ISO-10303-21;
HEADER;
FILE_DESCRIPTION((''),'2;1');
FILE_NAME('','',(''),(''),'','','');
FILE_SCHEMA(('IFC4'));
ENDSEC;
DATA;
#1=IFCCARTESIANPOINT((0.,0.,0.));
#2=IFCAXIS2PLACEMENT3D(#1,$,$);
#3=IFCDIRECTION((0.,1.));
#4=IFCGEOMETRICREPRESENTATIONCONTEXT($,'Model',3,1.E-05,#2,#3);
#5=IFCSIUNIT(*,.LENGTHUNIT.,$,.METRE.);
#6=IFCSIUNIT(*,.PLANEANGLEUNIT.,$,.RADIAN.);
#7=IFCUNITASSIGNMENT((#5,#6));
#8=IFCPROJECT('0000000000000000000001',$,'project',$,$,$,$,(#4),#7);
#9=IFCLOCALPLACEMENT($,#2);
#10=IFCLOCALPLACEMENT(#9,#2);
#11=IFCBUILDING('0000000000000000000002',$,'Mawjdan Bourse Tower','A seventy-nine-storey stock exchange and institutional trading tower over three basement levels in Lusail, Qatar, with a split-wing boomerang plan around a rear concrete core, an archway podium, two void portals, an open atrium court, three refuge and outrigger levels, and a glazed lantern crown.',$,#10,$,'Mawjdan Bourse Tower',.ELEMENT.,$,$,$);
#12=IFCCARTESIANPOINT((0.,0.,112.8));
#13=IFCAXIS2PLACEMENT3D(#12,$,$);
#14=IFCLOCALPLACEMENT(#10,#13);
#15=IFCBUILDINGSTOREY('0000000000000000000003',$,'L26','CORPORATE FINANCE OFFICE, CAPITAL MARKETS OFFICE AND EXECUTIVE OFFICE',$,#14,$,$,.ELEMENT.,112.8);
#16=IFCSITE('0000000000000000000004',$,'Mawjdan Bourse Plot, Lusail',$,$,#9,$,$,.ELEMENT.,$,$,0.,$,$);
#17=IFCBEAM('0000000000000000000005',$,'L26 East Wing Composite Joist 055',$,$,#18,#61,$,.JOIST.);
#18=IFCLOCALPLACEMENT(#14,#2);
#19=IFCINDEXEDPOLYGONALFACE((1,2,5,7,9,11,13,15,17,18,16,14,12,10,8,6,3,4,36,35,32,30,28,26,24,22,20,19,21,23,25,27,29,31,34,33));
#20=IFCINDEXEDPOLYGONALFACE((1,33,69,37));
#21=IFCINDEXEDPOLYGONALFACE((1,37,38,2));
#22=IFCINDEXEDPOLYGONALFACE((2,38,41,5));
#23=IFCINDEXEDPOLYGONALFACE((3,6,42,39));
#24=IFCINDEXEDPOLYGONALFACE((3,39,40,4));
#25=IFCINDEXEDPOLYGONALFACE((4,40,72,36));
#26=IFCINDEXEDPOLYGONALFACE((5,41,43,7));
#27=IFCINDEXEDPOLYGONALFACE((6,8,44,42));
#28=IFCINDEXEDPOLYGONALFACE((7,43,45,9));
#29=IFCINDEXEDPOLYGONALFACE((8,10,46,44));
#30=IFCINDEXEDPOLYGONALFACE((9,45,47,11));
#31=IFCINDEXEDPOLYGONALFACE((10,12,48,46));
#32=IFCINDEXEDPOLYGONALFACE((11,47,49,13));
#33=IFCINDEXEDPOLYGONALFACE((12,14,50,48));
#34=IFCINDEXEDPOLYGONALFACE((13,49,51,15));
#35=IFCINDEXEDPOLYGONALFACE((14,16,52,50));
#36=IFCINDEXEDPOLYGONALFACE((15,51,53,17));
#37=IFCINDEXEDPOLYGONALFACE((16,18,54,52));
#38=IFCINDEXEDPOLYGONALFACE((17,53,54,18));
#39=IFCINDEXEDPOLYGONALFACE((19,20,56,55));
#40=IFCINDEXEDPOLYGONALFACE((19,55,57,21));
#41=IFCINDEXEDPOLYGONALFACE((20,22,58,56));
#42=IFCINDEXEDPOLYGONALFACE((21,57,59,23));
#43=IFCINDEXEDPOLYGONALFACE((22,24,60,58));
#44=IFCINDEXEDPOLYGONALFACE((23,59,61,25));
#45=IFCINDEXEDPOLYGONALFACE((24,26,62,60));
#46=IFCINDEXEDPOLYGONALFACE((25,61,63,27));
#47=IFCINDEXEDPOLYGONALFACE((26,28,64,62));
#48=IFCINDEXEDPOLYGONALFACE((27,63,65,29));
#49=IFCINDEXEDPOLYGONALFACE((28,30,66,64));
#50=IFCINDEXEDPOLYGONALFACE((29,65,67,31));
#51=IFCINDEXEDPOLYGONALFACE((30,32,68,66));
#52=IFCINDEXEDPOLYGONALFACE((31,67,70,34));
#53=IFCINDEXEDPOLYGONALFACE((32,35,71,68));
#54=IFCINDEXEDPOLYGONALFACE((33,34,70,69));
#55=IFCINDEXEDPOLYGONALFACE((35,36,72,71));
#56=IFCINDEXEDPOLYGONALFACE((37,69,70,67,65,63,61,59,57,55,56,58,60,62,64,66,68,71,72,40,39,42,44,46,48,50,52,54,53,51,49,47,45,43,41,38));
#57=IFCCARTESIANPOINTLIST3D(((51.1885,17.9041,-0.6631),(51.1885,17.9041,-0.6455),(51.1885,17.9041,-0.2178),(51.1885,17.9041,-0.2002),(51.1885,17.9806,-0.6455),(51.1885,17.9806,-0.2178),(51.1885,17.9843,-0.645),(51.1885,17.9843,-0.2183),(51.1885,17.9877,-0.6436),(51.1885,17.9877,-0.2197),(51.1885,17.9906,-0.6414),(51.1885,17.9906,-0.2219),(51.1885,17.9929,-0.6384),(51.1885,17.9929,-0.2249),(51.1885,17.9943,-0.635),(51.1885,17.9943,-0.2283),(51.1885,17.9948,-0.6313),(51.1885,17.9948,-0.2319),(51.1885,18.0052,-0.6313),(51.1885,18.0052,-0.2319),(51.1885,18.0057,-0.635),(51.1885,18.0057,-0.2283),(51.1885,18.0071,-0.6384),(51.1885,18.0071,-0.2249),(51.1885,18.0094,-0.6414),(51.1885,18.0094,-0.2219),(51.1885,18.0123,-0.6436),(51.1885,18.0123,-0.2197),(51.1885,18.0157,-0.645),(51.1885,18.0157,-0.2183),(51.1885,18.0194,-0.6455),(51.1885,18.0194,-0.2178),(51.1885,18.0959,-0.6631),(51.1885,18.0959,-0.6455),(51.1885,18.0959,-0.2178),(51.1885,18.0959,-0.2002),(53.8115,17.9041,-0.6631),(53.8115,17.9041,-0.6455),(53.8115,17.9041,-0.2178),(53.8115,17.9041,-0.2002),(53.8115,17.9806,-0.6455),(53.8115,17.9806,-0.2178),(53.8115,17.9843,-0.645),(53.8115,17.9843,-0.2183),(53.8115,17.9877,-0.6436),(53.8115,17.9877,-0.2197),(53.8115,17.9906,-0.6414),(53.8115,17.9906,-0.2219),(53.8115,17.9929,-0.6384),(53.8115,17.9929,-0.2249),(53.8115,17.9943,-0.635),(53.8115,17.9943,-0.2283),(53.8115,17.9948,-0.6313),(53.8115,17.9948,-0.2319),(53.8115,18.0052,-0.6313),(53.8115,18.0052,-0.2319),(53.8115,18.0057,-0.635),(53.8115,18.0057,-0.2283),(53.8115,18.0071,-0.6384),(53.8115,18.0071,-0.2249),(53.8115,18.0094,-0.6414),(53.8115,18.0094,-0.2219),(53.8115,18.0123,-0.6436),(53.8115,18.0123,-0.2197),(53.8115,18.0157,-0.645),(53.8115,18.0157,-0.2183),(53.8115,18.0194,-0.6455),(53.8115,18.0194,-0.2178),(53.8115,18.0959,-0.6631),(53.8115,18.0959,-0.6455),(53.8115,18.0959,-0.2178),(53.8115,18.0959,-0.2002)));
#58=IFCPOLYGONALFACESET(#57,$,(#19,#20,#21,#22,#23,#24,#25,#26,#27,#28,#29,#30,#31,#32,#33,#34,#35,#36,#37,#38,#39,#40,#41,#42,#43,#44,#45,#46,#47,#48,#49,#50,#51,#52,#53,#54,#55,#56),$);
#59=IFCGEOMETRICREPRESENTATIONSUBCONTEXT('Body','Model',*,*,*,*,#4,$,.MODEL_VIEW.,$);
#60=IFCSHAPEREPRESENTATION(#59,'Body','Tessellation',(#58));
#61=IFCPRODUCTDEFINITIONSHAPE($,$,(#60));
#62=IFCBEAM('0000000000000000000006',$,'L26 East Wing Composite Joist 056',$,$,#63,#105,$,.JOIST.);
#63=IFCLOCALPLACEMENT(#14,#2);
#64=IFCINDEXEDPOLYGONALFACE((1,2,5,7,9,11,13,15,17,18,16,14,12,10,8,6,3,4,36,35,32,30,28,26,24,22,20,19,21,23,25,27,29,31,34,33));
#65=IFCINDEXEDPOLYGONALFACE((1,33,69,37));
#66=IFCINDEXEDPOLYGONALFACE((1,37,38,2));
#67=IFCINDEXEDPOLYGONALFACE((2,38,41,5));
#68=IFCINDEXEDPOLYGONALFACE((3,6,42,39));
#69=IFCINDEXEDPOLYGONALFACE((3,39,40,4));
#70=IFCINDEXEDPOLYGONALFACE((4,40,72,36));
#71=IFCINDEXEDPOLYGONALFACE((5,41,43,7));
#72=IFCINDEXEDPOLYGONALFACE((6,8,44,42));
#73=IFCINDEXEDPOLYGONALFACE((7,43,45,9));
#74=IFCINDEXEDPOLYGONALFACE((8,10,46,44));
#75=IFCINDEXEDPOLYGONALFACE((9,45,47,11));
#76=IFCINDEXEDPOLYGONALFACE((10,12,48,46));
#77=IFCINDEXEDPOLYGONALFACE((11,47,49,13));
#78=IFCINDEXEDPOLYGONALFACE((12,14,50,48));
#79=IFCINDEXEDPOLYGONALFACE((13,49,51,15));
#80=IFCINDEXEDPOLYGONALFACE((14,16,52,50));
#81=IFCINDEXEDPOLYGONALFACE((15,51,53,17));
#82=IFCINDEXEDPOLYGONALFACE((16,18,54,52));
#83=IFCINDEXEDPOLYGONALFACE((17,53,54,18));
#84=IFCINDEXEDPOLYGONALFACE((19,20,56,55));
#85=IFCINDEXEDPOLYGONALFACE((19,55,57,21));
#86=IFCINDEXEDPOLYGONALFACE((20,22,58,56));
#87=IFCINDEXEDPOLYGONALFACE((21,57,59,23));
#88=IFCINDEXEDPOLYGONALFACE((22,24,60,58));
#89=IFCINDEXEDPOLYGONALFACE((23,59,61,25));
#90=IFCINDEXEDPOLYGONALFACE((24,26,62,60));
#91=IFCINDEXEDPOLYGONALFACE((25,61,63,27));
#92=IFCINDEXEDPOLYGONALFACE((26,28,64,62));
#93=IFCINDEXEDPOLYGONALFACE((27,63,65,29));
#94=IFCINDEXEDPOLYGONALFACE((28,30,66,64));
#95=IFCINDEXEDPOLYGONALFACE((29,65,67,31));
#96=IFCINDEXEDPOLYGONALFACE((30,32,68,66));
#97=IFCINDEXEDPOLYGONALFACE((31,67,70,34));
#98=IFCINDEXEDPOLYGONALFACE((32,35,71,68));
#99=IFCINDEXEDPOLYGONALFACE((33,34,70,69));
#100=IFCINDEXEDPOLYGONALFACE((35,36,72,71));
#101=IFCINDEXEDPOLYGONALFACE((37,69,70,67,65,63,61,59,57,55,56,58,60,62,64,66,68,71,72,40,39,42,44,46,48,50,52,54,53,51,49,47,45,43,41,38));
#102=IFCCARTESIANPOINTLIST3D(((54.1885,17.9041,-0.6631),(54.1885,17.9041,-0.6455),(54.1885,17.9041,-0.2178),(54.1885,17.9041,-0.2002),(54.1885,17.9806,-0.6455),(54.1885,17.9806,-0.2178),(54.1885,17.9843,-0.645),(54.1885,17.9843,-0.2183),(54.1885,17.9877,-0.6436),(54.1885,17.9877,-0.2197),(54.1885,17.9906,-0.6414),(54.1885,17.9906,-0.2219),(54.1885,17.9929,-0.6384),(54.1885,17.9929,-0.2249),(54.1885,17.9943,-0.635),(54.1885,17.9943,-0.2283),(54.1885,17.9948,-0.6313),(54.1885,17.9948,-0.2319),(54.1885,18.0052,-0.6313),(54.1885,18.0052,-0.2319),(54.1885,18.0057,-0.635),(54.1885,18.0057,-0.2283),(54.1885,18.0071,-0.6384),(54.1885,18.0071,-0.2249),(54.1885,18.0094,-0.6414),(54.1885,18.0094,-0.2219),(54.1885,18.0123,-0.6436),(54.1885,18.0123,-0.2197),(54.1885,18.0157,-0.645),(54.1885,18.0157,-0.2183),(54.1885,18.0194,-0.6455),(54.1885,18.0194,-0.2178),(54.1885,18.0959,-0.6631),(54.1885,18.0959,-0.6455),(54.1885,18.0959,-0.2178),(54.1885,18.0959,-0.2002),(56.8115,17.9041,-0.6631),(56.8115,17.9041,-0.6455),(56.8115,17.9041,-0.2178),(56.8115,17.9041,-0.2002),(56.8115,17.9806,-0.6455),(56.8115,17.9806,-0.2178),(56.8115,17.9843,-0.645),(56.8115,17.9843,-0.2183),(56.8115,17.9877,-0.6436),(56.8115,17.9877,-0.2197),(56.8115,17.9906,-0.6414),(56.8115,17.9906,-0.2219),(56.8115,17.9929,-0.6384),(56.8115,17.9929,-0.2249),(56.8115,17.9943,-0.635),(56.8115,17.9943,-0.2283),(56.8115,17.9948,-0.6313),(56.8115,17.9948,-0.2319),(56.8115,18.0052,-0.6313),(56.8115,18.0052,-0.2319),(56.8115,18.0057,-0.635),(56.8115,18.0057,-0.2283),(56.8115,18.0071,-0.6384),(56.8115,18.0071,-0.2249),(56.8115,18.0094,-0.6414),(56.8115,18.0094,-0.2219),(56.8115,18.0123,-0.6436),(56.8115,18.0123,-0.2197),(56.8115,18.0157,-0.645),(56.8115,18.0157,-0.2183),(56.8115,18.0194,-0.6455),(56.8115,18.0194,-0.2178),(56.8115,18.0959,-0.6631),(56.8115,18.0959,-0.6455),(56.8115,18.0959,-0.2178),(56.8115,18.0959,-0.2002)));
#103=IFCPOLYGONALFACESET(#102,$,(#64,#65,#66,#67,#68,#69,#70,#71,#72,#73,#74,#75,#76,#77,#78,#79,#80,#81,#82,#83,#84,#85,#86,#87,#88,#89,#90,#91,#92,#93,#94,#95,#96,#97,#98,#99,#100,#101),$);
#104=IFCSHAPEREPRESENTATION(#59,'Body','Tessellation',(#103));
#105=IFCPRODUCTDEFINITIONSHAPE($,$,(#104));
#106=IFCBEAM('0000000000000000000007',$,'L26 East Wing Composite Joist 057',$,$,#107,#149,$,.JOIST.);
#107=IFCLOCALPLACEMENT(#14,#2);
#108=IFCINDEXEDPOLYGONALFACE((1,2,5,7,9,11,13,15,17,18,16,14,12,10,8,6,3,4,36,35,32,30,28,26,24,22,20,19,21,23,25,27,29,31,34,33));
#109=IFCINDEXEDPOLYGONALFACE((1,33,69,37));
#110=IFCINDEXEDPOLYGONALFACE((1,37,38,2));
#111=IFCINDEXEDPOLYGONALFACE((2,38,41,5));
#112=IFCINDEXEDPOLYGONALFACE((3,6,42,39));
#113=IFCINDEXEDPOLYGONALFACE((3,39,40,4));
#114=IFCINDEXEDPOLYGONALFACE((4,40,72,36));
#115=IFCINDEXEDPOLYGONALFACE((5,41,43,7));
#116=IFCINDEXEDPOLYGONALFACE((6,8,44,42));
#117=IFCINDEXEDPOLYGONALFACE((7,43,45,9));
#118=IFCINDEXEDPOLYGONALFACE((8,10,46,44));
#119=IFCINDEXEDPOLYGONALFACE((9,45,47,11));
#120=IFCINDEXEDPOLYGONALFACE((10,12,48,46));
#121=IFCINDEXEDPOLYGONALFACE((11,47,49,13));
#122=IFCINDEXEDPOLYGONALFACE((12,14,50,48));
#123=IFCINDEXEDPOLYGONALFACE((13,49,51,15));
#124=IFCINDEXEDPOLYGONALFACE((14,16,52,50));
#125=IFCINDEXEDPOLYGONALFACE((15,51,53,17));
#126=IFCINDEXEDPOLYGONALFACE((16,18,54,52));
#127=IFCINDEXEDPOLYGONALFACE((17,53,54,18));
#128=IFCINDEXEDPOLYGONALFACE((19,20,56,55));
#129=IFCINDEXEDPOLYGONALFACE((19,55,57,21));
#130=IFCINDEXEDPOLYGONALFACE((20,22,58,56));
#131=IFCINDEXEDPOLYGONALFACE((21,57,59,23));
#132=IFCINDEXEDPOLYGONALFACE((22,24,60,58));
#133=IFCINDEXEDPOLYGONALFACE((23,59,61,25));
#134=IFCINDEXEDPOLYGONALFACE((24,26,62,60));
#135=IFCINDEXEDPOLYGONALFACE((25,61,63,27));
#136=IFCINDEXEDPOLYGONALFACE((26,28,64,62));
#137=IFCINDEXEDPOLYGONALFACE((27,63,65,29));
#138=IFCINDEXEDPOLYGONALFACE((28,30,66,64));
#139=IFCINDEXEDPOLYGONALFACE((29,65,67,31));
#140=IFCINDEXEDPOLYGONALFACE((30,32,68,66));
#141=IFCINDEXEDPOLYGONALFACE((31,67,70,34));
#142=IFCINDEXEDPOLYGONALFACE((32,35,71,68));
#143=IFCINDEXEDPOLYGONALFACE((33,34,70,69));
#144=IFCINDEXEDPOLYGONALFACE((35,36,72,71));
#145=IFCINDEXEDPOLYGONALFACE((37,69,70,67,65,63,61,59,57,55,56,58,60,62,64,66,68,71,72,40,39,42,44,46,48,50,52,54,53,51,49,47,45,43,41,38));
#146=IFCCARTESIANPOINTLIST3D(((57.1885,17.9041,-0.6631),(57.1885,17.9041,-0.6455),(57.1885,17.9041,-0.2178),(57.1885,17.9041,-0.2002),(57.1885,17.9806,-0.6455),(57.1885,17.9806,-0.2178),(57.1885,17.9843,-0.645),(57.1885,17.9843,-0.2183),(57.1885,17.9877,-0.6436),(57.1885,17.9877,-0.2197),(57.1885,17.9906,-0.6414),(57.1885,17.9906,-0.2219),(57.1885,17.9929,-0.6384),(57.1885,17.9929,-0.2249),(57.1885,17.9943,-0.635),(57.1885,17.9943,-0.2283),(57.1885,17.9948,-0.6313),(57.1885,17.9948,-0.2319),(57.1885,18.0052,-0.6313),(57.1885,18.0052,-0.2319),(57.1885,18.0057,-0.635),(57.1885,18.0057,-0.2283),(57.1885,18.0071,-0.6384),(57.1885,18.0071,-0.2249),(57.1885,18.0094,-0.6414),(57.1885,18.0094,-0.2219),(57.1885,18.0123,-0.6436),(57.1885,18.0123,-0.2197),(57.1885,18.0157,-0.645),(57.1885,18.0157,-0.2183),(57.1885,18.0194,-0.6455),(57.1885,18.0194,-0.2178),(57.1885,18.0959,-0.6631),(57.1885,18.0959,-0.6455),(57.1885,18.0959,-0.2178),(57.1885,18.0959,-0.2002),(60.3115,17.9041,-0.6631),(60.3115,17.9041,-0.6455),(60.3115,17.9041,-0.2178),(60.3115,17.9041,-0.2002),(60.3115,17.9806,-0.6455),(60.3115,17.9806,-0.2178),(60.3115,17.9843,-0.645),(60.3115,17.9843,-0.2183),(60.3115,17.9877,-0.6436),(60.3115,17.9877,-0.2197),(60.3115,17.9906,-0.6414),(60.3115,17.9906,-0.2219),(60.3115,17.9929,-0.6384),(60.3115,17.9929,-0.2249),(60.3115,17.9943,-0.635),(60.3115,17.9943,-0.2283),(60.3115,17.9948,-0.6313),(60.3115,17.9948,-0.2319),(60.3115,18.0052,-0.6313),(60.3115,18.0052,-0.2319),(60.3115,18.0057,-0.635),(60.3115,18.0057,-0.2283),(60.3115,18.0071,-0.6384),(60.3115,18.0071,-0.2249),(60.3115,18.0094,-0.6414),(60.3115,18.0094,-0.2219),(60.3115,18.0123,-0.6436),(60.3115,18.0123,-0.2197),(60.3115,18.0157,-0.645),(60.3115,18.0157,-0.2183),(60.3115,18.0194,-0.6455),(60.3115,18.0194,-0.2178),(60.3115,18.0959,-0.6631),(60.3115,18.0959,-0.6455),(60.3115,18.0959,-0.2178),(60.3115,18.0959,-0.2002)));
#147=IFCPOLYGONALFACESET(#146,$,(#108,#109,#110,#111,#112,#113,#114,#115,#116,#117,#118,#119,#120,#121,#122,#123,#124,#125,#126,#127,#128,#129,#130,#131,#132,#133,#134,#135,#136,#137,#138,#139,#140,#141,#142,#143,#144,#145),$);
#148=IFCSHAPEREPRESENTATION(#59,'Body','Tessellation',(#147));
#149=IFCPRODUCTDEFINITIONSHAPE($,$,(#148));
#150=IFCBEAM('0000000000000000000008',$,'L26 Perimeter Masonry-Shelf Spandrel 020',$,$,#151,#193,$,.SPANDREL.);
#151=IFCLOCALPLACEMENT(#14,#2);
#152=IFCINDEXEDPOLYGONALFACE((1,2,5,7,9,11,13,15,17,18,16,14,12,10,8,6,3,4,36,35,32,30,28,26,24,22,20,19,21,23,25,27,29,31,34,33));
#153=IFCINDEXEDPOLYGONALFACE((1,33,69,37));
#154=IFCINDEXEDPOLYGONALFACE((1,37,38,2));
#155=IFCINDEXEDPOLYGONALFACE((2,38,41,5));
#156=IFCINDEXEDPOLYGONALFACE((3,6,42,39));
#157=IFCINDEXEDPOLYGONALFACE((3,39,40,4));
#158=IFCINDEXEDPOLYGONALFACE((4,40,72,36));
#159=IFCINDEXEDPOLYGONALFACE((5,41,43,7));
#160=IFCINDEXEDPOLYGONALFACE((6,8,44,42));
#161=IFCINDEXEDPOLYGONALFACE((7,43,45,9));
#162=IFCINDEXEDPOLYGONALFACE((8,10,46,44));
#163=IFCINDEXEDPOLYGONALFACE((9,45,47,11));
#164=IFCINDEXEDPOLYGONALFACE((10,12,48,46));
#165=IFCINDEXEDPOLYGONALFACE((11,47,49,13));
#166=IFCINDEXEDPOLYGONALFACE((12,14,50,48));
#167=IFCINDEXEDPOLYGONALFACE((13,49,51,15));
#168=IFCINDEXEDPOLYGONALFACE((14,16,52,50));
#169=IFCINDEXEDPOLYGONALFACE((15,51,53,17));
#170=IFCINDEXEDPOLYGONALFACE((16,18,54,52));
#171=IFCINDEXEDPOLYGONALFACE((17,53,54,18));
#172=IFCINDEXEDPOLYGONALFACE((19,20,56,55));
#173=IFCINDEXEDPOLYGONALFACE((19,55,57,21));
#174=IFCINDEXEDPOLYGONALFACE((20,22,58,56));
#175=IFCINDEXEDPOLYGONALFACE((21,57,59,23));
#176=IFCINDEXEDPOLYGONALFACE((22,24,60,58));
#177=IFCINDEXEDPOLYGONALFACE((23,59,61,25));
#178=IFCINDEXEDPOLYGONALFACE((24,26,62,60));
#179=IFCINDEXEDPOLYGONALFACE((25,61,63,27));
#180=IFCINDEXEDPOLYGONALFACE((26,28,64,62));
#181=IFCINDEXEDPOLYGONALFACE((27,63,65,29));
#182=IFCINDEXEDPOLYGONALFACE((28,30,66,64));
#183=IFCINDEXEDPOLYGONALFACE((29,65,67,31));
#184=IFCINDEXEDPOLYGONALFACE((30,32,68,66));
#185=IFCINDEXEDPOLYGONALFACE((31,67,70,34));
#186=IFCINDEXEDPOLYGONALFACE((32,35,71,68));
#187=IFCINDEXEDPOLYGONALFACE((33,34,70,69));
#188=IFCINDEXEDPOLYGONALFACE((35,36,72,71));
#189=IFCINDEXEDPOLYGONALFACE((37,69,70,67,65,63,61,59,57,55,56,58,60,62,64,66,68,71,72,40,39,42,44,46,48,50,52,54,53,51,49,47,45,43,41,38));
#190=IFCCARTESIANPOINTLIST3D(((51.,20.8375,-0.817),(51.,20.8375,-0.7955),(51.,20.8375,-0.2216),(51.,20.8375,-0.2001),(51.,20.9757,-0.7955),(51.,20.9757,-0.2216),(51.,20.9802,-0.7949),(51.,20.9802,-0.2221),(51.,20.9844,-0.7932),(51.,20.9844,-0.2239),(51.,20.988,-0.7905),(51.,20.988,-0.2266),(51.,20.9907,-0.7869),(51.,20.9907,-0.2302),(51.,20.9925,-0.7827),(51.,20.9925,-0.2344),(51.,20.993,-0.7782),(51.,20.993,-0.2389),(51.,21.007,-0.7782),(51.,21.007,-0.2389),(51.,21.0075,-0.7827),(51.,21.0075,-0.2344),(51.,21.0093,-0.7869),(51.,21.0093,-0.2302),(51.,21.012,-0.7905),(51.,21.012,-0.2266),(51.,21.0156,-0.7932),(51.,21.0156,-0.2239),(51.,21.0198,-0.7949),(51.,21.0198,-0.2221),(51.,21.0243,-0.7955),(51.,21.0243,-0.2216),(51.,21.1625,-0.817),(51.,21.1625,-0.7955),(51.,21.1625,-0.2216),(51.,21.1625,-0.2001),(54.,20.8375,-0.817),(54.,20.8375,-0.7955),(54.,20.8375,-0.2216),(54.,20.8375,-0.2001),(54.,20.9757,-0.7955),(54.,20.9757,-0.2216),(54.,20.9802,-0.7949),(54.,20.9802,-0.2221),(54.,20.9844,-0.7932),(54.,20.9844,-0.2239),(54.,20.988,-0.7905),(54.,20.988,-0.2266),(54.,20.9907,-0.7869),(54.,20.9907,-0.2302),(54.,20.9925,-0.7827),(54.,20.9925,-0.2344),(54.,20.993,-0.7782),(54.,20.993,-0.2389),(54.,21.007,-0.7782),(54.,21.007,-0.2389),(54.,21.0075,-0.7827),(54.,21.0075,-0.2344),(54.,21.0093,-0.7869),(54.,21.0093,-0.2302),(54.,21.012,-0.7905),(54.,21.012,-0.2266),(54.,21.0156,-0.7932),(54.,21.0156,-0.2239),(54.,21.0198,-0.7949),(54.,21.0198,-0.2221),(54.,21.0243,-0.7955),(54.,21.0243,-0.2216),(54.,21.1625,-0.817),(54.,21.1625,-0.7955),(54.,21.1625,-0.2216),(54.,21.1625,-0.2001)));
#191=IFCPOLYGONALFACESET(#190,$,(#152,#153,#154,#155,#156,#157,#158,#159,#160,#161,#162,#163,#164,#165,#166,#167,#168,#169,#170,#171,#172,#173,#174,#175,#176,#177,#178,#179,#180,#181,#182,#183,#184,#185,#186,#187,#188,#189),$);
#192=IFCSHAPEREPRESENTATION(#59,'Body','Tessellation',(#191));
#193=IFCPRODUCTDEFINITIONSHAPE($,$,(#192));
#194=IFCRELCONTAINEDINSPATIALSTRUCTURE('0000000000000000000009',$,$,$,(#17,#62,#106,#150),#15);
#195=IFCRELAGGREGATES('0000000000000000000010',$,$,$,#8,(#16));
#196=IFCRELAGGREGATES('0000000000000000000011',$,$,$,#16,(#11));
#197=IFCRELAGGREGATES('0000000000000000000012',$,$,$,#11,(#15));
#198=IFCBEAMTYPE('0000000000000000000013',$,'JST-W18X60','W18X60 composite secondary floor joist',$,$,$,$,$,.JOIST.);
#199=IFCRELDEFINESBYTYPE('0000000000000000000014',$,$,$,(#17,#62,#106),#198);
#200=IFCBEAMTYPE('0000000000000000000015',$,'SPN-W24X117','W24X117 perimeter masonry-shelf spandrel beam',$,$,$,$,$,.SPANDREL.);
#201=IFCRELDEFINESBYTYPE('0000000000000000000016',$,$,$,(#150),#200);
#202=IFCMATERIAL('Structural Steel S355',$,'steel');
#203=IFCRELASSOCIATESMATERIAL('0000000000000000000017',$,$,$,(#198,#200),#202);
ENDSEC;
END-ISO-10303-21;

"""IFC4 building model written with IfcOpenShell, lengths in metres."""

from ifc_helpers import new_model, si_unit, direction, frame, origin, origin_2d, place, context, subcontext, project, spatial, i_section, extrude, material, material_profile, profile_set, type_object, element, save


model = new_model("IFC4")

# Units and contexts
model_context = context("Model", 3, precision=1e-05, world=origin(), true_north=direction((0.0, 1.0)))
body_context = subcontext(model_context, "Body", "Model", "MODEL_VIEW")
ifc_project = project(units=[si_unit("LENGTHUNIT", "METRE"), si_unit("PLANEANGLEUNIT", "RADIAN")], contexts=[model_context])

# Site, building, storey
site_placement = place(None, origin())
site = spatial("IfcSite", under=ifc_project, at=site_placement, Name="Mawjdan Bourse Plot, Lusail", CompositionType="ELEMENT", RefElevation=0.0)
building_placement = place(site_placement, origin())
building = spatial("IfcBuilding", under=site, at=building_placement, Name="Mawjdan Bourse Tower", Description="A seventy-nine-storey stock exchange and institutional trading tower over three basement levels in Lusail, Qatar, with a split-wing boomerang plan around a rear concrete core, an archway podium, two void portals, an open atrium court, three refuge and outrigger levels, and a glazed lantern crown.", LongName="Mawjdan Bourse Tower", CompositionType="ELEMENT")
storey_placement = place(building_placement, frame((0.0, 0.0, 112.8)))
storey = spatial("IfcBuildingStorey", under=building, at=storey_placement, Name="L26", Description="CORPORATE FINANCE OFFICE, CAPITAL MARKETS OFFICE AND EXECUTIVE OFFICE", CompositionType="ELEMENT", Elevation=112.8)

# Beams
ifc_material_1 = material(Name="Structural Steel S355", Category="steel")
ifc_material_profile_1 = material_profile(ifc_material_1, i_section(OverallWidth=0.1919, OverallDepth=0.4629, WebThickness=0.0105, FlangeThickness=0.0176, FilletRadius=0.0142, at=origin_2d()), Name="W18X60")
ifc_profile_set_1 = profile_set([ifc_material_profile_1], Name="Structural Steel S355")
beam_type_1 = type_object("IfcBeamType", Name="JST-W18X60", Description="W18X60 composite secondary floor joist", PredefinedType="JOIST", material=ifc_profile_set_1)
for number, where, z_axis, x_axis, name in (
    (1, (51.1885, 18.0, -0.4316), (1.0, 0.0, 0.0), (0.0, 1.0, 0.0), "L26 East Wing Composite Joist 055"),
    (2, (54.1885, 18.0, -0.4316), (1.0, 0.0, 0.0), (0.0, 1.0, 0.0), "L26 East Wing Composite Joist 056"),
):
    element("IfcBeam", number, at=place(storey_placement, frame(where, z_axis=z_axis, x_axis=x_axis)), inside=storey, type_object=beam_type_1, Name=name, PredefinedType="JOIST", context=body_context, shape_type="SweptSolid", body=[
        extrude(i_section(OverallWidth=0.1919, OverallDepth=0.4629, WebThickness=0.0105, FlangeThickness=0.0176, FilletRadius=0.0142, at=origin_2d()), origin(), (0.0, 0.0, 1.0), 2.623),
    ])
beam_1_placement = place(storey_placement, frame((57.1885, 18.0, -0.4316), z_axis=(1.0, 0.0, 0.0), x_axis=(0.0, 1.0, 0.0)))
element("IfcBeam", 3, at=beam_1_placement, inside=storey, type_object=beam_type_1, Name="L26 East Wing Composite Joist 057", PredefinedType="JOIST", context=body_context, shape_type="SweptSolid", body=[
    extrude(i_section(OverallWidth=0.1919, OverallDepth=0.4629, WebThickness=0.0105, FlangeThickness=0.0176, FilletRadius=0.0142, at=origin_2d()), origin(), (0.0, 0.0, 1.0), 3.123),
])
ifc_material_profile_2 = material_profile(ifc_material_1, i_section(OverallWidth=0.325, OverallDepth=0.6169, WebThickness=0.0139, FlangeThickness=0.0215, FilletRadius=0.0173, at=origin_2d()), Name="W24X117")
ifc_profile_set_2 = profile_set([ifc_material_profile_2], Name="Structural Steel S355")
beam_type_2 = type_object("IfcBeamType", Name="SPN-W24X117", Description="W24X117 perimeter masonry-shelf spandrel beam", PredefinedType="SPANDREL", material=ifc_profile_set_2)
for number, where, z_axis, x_axis, name in (
    (4, (51.0, 21.0, -0.5085), (1.0, 0.0, 0.0), (0.0, 1.0, 0.0), "L26 Perimeter Masonry-Shelf Spandrel 020"),
):
    element("IfcBeam", number, at=place(storey_placement, frame(where, z_axis=z_axis, x_axis=x_axis)), inside=storey, type_object=beam_type_2, Name=name, PredefinedType="SPANDREL", context=body_context, shape_type="SweptSolid", body=[
        extrude(i_section(OverallWidth=0.325, OverallDepth=0.6169, WebThickness=0.0139, FlangeThickness=0.0215, FilletRadius=0.0173, at=origin_2d()), origin(), (0.0, 0.0, 1.0), 3.0),
    ])

save(model, "model.ifc")
